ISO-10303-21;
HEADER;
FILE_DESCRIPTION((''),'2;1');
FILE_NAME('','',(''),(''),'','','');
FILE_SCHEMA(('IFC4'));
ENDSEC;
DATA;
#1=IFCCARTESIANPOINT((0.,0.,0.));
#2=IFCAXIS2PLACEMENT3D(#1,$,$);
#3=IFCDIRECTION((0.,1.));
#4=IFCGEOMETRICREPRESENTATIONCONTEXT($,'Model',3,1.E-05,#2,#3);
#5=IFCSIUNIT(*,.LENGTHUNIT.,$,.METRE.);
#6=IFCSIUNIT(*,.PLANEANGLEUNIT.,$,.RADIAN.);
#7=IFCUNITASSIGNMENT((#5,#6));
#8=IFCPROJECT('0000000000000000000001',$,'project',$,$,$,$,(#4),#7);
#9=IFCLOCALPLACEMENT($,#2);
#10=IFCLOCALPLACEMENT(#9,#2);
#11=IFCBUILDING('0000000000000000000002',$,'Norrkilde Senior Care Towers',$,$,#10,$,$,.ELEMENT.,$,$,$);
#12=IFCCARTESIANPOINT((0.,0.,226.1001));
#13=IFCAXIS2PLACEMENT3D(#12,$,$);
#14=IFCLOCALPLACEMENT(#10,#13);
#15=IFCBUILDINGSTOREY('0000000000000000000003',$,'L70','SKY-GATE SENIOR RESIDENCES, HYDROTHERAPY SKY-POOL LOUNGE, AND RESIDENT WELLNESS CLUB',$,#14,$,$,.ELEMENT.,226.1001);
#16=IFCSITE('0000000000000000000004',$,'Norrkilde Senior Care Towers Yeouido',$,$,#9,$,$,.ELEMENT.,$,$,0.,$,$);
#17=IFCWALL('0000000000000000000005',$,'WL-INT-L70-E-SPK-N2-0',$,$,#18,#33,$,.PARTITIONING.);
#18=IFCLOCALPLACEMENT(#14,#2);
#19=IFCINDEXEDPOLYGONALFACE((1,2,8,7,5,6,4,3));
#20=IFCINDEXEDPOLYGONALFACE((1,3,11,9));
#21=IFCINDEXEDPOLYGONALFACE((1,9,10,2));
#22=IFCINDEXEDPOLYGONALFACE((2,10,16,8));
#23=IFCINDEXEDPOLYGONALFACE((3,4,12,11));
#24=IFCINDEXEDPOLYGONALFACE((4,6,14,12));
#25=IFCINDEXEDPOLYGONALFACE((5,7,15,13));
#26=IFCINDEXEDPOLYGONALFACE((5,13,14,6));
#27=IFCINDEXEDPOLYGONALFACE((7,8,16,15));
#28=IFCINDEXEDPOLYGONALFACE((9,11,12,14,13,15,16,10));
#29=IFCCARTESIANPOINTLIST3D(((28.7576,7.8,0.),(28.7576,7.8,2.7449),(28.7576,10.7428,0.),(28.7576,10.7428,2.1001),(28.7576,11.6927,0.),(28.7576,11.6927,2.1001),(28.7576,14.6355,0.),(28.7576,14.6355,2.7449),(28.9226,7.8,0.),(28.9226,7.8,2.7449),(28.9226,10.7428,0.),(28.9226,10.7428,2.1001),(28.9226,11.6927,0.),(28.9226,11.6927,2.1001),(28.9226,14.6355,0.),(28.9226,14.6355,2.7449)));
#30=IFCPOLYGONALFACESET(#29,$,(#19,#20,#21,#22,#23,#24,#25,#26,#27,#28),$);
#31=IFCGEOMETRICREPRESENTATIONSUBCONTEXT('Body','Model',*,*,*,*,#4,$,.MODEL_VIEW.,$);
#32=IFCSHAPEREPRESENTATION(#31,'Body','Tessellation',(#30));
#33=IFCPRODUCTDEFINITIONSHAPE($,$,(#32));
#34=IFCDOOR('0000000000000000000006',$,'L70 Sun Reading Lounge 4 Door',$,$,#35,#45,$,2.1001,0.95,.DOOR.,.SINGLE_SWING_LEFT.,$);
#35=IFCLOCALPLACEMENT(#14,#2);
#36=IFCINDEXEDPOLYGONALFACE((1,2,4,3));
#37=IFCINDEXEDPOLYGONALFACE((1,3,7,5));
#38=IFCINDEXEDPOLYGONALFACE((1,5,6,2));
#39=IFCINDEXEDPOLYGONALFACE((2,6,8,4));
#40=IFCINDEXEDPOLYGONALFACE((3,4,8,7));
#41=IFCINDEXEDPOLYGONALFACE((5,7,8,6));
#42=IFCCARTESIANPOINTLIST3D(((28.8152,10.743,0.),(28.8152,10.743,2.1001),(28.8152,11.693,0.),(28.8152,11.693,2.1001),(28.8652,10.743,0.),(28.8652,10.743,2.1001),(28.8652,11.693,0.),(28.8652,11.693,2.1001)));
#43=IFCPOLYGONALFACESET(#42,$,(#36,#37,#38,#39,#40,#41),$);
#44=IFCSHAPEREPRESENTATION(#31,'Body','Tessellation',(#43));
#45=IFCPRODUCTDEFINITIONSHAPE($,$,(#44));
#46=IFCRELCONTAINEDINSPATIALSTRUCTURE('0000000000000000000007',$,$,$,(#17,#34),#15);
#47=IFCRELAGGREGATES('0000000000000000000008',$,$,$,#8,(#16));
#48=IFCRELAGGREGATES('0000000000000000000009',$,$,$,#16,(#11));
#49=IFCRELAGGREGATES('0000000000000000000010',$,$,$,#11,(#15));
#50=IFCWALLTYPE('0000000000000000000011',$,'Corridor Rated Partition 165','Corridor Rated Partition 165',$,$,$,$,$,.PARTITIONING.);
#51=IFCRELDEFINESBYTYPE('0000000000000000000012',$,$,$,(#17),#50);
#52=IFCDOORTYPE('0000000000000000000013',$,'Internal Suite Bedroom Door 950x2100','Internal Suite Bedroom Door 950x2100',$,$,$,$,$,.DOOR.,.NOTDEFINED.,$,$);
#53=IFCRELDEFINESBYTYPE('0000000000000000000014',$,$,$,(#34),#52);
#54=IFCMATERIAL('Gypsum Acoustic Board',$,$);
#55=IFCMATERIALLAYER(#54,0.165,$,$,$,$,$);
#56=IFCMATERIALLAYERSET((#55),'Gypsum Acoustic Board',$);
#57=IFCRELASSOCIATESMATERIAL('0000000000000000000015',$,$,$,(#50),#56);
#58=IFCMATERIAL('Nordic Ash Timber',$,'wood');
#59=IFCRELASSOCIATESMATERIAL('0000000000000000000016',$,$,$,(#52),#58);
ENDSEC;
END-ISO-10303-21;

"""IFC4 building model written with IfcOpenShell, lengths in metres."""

from ifc_helpers import new_model, si_unit, direction, frame, frame_2d, origin, place, context, subcontext, project, spatial, rectangle, extrude, source, transform, mapped, material, layer, layer_set, type_object, type_shapes, element, fill, save


model = new_model("IFC4")

# Units and contexts
model_context = context("Model", 3, precision=1e-05, world=origin(), true_north=direction((0.0, 1.0)))
body_context = subcontext(model_context, "Body", "Model", "MODEL_VIEW")
ifc_project = project(units=[si_unit("LENGTHUNIT", "METRE"), si_unit("PLANEANGLEUNIT", "RADIAN")], contexts=[model_context])

# Site, building, storey
site_placement = place(None, origin())
site = spatial("IfcSite", under=ifc_project, at=site_placement, Name="Norrkilde Senior Care Towers Yeouido", CompositionType="ELEMENT", RefElevation=0.0)
building_placement = place(site_placement, origin())
building = spatial("IfcBuilding", under=site, at=building_placement, Name="Norrkilde Senior Care Towers", CompositionType="ELEMENT")
storey_placement = place(building_placement, frame((0.0, 0.0, 226.1001)))
storey = spatial("IfcBuildingStorey", under=building, at=storey_placement, Name="L70", Description="SKY-GATE SENIOR RESIDENCES, HYDROTHERAPY SKY-POOL LOUNGE, AND RESIDENT WELLNESS CLUB", CompositionType="ELEMENT", Elevation=226.1001)

# Shared definitions
ifc_material_1 = material(Name="Gypsum Acoustic Board")
ifc_layer_1 = layer(ifc_material_1, 0.165)
ifc_layer_set_1 = layer_set([ifc_layer_1], Name="Gypsum Acoustic Board")
wall_type_1 = type_object("IfcWallType", Name="Corridor Rated Partition 165", Description="Corridor Rated Partition 165", PredefinedType="PARTITIONING", material=ifc_layer_set_1)

# Wall, opening, door
ifc_material_2 = material(Name="Nordic Ash Timber", Category="wood")
shared_shape_1 = source(origin(), body_context, "Body", "SweptSolid", [
    extrude(rectangle(XDim=6.8354, YDim=0.165, at=frame_2d((3.4177, 0.0))), origin(), (0.0, 0.0, 1.0), 2.7449),
])
door_type_1 = type_object("IfcDoorType", Name="Internal Suite Bedroom Door 950x2100", Description="Internal Suite Bedroom Door 950x2100", OperationType="NOTDEFINED", PredefinedType="DOOR", material=ifc_material_2)
shared_shape_2 = source(origin(), body_context, "Body", "SweptSolid", [
    extrude(rectangle(XDim=0.95, YDim=2.1001, at=frame_2d((0.4751, 1.05))), frame((0.0, 0.0249, 0.0), z_axis=(0.0, -1.0, 0.0), x_axis=(1.0, 0.0, 0.0)), (0.0, 0.0, 1.0), 0.05),
])
type_shapes(door_type_1, [shared_shape_2])
wall_1_placement = place(storey_placement, frame((28.8401, 14.6355, 0.0), z_axis=(0.0, 0.0, 1.0), x_axis=(0.0, -1.0, 0.0)))
wall_1 = element("IfcWall", 1, at=wall_1_placement, inside=storey, type_object=wall_type_1, Name="WL-INT-L70-E-SPK-N2-0", PredefinedType="PARTITIONING", context=body_context, shape_type="MappedRepresentation", body=[
    mapped(shared_shape_1, transform((0.0, 0.0, 0.0), x_axis=(1.0, 0.0, 0.0), y_axis=(0.0, 1.0, 0.0), z_axis=(0.0, 0.0, 1.0), scale=1.0)),
])
opening_1_placement = place(wall_1_placement, frame((2.9426, 0.0, 0.0)))
opening_1 = element("IfcOpeningElement", 2, at=opening_1_placement, cuts=wall_1, PredefinedType="OPENING", context=body_context, shape_type="SweptSolid", body=[
    extrude(rectangle(XDim=0.95, YDim=2.1001, at=frame_2d((0.4751, 1.05))), frame((0.0, 0.0925, 0.0), z_axis=(0.0, -1.0, 0.0), x_axis=(1.0, 0.0, 0.0)), (0.0, 0.0, 1.0), 0.1851),
])
door_1_placement = place(opening_1_placement, frame((0.95, 0.0, 0.0), z_axis=(0.0, 0.0, 1.0), x_axis=(-1.0, 0.0, 0.0)))
door_1 = element("IfcDoor", 3, at=door_1_placement, inside=storey, type_object=door_type_1, Name="L70 Sun Reading Lounge 4 Door", OperationType="SINGLE_SWING_LEFT", OverallHeight=2.1001, OverallWidth=0.95, PredefinedType="DOOR", context=body_context, shape_type="MappedRepresentation", body=[
    mapped(shared_shape_2, transform((0.0, 0.0, 0.0), x_axis=(1.0, 0.0, 0.0), y_axis=(0.0, 1.0, 0.0), z_axis=(0.0, 0.0, 1.0), scale=1.0)),
])
fill(opening_1, door_1)

save(model, "model.ifc")
